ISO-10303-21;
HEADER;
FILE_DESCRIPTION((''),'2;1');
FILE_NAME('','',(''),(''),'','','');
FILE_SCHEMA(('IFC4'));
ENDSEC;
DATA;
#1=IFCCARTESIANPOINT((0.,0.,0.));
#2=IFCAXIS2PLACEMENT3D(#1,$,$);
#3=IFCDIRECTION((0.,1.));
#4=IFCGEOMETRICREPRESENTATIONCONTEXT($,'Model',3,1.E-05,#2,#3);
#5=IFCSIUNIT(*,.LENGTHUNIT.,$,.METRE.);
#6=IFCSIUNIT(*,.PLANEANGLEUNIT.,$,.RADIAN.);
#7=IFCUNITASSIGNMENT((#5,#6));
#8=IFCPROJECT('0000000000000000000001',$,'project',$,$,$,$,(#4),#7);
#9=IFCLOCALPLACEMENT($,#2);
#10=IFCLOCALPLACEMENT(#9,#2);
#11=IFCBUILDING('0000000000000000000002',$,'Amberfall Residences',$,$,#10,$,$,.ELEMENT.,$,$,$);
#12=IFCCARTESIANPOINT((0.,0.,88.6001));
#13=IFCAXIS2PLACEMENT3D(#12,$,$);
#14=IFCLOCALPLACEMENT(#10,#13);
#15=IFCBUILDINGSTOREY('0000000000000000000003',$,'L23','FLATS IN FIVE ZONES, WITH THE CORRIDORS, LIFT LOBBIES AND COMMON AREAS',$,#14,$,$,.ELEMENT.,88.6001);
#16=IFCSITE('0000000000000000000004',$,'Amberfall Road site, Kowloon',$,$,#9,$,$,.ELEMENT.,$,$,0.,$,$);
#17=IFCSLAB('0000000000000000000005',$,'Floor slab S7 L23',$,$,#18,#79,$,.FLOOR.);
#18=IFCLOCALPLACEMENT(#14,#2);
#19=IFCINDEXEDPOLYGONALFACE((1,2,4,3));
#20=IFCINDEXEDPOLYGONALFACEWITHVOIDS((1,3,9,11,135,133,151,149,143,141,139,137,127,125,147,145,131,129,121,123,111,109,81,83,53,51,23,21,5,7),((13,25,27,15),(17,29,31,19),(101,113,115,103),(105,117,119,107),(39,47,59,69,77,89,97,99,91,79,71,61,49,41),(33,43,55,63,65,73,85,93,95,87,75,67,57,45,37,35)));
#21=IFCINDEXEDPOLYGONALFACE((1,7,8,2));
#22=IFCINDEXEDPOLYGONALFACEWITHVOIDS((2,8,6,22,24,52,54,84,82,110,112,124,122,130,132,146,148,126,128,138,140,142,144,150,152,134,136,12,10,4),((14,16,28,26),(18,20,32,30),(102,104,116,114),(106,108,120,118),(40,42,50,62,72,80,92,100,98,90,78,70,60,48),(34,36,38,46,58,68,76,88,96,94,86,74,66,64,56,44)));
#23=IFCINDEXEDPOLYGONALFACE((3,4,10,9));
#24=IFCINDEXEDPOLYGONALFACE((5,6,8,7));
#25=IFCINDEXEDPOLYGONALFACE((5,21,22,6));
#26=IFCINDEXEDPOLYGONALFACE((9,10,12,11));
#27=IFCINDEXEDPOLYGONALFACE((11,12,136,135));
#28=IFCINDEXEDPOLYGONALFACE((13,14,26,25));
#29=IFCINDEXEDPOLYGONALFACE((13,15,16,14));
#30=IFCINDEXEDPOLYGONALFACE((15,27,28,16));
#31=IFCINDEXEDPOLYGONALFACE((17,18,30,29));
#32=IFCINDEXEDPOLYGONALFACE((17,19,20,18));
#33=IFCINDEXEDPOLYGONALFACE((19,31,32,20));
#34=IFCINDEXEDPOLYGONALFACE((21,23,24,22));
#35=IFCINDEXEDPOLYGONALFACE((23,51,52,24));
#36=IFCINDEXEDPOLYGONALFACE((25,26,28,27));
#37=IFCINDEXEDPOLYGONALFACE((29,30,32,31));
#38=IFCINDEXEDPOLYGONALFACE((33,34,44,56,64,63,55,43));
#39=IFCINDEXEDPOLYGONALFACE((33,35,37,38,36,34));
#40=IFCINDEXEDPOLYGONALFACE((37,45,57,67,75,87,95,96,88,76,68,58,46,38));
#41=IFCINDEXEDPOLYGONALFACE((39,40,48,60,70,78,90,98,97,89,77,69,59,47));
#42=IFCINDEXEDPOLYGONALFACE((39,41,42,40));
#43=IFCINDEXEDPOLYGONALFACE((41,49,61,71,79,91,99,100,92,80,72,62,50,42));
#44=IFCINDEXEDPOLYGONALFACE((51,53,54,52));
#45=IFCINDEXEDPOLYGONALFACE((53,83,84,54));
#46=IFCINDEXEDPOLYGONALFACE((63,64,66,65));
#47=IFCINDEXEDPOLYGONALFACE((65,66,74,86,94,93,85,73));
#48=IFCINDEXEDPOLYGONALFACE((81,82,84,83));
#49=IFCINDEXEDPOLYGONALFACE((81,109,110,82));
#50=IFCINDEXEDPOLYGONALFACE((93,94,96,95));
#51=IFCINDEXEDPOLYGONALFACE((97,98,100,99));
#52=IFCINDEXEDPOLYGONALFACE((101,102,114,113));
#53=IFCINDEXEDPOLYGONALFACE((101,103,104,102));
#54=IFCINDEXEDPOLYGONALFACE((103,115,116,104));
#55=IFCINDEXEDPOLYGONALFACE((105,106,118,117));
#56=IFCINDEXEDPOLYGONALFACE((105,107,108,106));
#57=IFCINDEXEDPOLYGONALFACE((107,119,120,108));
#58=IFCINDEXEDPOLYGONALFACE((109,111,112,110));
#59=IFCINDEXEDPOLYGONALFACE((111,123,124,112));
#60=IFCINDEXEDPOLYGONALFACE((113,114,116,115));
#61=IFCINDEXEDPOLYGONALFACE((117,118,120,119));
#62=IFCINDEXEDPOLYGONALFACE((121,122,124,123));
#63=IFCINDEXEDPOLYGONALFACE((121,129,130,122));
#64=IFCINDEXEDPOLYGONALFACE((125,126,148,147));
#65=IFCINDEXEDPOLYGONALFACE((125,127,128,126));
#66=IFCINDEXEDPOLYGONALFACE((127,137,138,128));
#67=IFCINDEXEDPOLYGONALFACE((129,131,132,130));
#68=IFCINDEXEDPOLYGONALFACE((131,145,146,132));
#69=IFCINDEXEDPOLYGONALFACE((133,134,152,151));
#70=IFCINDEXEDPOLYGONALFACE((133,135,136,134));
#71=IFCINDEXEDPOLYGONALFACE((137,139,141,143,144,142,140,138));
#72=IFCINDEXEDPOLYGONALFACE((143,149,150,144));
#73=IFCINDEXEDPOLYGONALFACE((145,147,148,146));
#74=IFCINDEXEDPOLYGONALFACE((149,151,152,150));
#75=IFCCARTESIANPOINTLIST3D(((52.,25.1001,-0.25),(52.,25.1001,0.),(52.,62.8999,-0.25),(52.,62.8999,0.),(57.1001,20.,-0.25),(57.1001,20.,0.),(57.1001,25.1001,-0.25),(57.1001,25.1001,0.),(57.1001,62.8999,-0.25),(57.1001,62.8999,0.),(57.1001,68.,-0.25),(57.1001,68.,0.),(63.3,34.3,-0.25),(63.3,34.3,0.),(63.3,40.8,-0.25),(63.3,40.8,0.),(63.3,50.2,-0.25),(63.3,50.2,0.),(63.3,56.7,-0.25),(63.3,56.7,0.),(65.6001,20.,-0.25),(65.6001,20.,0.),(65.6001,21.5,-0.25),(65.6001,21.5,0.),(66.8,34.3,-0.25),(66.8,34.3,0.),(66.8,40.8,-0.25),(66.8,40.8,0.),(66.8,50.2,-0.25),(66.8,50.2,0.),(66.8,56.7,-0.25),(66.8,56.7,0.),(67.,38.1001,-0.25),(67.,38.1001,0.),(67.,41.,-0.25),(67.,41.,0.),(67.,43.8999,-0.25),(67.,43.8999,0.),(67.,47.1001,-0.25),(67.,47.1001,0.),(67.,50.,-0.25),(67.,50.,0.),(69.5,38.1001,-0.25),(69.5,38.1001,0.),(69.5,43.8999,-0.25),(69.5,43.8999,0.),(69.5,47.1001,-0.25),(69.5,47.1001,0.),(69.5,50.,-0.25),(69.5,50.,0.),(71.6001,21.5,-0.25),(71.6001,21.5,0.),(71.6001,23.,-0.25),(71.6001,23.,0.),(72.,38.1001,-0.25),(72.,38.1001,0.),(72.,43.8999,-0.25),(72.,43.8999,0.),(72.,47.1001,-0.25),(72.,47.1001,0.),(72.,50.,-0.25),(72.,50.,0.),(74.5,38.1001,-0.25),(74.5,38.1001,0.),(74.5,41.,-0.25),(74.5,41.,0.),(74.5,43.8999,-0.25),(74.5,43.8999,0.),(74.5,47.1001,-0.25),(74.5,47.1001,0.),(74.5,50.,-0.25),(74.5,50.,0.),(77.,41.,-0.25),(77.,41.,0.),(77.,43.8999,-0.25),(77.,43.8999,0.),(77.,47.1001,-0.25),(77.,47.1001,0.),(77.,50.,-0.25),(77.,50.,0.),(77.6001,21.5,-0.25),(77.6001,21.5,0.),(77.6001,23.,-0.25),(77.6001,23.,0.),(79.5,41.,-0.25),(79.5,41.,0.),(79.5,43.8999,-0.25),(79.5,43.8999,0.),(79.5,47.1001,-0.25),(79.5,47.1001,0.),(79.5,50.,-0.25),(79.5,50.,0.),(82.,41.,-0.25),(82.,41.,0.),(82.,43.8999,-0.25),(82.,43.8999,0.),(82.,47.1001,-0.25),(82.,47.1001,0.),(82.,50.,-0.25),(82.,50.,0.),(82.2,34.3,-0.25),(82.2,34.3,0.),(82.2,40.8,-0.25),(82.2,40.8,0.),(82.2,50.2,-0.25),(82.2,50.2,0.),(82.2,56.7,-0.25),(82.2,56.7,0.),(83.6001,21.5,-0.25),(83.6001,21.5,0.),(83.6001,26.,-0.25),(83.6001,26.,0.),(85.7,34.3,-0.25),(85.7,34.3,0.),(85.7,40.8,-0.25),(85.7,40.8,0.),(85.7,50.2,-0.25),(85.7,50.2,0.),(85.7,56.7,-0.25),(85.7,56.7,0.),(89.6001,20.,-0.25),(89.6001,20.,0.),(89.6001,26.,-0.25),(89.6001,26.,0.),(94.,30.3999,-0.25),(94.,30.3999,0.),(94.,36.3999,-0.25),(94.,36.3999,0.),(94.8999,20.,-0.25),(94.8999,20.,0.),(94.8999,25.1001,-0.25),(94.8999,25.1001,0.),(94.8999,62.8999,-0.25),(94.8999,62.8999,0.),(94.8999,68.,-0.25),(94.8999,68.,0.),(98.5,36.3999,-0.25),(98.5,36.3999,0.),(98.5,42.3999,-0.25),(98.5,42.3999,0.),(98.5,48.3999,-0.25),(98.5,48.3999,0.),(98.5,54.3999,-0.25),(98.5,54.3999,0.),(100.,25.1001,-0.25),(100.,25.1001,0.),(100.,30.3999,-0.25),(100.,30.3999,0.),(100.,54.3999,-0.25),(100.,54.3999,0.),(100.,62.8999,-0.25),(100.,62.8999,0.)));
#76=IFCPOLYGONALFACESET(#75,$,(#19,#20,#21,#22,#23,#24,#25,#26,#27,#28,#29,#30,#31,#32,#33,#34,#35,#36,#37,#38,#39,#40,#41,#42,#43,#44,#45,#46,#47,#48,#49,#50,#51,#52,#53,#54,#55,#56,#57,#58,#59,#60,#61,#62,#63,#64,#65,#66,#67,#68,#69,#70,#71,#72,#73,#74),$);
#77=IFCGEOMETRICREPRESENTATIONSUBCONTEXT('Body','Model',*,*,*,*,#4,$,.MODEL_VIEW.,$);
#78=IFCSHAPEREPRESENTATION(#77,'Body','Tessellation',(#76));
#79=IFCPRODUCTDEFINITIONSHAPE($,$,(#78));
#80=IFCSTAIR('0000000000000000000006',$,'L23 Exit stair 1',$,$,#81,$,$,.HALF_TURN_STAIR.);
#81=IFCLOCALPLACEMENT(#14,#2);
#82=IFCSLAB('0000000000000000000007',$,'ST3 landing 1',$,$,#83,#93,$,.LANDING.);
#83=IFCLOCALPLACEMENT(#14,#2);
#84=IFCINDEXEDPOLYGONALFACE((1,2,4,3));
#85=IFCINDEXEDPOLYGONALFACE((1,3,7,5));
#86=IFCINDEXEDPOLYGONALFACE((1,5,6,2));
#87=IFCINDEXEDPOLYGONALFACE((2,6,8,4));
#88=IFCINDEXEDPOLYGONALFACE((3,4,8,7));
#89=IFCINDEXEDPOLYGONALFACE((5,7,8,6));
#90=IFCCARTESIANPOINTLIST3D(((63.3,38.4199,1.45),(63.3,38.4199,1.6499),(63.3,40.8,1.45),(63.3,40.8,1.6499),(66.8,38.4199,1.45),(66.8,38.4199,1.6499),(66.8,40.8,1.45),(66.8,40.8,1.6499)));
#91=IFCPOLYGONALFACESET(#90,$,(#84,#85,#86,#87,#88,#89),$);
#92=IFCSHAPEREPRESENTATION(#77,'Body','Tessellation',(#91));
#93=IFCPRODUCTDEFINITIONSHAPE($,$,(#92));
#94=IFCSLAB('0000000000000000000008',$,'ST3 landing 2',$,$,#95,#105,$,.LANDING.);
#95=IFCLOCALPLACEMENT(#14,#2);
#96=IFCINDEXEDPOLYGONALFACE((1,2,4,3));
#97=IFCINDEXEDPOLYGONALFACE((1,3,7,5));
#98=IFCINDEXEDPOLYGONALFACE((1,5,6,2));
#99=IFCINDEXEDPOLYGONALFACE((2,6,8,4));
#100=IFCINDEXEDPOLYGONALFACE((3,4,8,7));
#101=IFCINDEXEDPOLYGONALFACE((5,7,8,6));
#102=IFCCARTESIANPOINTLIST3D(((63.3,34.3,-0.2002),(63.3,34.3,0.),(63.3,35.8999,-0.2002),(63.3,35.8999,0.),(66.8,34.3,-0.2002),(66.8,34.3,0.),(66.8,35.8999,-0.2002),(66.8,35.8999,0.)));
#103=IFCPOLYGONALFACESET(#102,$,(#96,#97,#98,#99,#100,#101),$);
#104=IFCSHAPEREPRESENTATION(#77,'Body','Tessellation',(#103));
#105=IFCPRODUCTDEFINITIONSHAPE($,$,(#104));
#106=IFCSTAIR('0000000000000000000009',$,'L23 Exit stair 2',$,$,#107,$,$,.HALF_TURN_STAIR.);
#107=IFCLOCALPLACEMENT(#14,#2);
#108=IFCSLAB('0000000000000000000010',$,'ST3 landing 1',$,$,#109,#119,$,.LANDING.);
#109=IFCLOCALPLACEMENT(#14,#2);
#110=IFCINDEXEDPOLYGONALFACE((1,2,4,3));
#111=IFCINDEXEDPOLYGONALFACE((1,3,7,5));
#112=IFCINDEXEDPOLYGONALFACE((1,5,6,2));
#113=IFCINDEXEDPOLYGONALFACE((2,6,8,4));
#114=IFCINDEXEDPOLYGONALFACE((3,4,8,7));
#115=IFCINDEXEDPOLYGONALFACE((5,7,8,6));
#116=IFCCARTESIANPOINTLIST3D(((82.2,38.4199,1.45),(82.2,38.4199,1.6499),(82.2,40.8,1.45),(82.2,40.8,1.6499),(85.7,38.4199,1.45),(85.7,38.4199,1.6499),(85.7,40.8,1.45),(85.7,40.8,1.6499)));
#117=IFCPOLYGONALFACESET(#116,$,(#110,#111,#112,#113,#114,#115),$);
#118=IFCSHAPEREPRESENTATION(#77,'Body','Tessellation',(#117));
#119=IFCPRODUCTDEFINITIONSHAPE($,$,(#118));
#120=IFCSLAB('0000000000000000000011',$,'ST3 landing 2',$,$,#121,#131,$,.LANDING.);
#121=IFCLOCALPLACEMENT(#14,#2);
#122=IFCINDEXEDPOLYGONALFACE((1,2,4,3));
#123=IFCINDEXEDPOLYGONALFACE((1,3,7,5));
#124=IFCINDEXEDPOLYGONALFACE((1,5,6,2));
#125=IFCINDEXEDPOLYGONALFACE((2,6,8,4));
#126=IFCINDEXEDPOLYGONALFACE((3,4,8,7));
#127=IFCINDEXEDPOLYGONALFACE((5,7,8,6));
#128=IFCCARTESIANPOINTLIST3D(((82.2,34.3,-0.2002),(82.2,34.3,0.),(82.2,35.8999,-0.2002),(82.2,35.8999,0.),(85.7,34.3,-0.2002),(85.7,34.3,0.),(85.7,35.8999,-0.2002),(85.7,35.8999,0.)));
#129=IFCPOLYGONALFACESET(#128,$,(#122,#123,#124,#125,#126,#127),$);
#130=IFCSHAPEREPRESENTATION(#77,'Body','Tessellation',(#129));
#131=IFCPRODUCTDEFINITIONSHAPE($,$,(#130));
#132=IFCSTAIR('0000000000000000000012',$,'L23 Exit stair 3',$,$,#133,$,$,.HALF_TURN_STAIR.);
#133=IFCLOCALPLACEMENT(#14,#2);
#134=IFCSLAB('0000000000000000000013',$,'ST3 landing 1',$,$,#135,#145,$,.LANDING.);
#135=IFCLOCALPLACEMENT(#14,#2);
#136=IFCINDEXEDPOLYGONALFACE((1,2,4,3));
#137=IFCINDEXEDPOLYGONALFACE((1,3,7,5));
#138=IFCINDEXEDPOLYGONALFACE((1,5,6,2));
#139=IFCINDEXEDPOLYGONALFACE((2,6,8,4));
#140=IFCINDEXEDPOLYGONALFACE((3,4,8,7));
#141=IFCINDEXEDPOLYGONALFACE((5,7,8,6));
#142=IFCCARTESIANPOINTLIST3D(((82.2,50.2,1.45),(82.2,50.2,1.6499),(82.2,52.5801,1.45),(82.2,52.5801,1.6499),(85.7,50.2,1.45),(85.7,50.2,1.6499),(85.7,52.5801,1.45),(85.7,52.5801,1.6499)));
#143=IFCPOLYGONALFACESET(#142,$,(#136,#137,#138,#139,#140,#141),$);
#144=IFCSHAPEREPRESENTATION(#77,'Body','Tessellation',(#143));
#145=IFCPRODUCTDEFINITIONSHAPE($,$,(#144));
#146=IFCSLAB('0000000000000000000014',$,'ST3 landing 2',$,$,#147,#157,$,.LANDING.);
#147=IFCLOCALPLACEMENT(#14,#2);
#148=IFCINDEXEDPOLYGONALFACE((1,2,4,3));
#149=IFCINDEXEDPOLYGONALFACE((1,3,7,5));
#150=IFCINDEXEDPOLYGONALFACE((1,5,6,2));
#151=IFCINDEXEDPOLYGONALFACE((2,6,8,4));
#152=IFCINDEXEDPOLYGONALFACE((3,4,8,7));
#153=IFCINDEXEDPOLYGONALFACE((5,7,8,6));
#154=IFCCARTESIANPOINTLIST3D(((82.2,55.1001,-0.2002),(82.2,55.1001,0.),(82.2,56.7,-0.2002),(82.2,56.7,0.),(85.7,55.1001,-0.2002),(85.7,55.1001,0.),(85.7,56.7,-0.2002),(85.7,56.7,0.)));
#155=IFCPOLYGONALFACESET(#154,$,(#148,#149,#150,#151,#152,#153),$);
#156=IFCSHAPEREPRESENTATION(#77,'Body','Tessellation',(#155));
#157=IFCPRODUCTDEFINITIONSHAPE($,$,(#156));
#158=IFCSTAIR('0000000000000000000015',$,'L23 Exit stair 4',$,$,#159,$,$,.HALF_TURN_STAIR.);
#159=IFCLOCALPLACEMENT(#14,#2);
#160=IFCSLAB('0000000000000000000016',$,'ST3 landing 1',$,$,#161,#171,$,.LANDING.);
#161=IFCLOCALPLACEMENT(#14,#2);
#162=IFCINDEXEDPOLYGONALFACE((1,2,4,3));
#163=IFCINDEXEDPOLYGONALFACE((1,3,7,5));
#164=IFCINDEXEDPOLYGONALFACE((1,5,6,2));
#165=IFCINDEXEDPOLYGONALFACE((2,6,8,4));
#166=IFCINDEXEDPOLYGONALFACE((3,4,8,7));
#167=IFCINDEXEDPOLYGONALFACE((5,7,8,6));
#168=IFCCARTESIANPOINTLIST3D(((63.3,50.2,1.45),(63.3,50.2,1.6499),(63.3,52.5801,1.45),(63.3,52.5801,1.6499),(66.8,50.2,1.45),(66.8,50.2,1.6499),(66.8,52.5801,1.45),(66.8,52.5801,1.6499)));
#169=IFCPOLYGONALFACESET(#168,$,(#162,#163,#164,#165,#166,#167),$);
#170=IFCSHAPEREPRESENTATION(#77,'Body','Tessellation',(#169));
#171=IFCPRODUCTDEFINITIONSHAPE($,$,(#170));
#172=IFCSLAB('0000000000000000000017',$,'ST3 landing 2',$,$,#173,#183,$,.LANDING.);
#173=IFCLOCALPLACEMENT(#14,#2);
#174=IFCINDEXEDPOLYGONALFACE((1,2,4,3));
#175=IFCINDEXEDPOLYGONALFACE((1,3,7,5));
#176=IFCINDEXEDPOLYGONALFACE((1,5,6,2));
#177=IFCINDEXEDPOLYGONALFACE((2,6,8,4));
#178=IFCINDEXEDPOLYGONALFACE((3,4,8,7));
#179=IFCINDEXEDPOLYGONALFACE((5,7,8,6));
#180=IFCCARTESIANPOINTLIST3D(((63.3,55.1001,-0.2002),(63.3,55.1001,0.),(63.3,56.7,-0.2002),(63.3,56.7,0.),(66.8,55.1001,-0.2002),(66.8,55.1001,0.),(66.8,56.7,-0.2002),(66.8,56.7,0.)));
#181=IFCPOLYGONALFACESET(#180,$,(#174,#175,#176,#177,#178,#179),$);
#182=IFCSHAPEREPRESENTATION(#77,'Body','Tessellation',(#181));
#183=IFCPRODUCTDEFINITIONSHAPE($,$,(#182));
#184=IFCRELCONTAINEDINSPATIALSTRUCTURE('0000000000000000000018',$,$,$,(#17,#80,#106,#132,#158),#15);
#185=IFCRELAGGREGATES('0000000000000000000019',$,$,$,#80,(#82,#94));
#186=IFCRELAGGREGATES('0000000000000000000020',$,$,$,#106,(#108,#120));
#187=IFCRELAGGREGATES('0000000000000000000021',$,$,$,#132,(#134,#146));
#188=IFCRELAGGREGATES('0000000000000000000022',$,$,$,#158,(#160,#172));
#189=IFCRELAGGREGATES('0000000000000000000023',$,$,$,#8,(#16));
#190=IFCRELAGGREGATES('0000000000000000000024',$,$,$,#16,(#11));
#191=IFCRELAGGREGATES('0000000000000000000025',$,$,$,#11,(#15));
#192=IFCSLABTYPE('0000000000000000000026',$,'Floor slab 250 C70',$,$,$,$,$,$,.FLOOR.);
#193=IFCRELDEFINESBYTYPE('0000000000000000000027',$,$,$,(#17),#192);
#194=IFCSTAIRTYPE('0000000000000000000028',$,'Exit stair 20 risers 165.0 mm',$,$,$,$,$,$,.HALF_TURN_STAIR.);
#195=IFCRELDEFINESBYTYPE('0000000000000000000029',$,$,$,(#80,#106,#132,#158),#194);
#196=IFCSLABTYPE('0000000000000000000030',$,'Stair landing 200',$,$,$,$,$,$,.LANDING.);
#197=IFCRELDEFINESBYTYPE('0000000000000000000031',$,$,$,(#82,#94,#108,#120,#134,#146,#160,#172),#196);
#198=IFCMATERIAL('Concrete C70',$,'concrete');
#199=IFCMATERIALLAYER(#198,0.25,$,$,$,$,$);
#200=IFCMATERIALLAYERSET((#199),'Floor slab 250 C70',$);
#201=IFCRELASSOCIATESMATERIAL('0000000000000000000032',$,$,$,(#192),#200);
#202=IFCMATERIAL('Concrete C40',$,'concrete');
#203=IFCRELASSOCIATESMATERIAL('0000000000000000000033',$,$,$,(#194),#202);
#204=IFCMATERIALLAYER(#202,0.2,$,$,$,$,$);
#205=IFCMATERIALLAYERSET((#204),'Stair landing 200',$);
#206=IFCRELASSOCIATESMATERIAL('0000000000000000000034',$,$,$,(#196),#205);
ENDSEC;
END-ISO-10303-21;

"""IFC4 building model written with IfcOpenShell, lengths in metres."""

from ifc_helpers import new_model, si_unit, direction, frame, origin, place, context, subcontext, project, spatial, polyline, outline, extrude, material, layer, layer_set, type_object, element, aggregate, save


model = new_model("IFC4")

# Units and contexts
model_context = context("Model", 3, precision=1e-05, world=origin(), true_north=direction((0.0, 1.0)))
body_context = subcontext(model_context, "Body", "Model", "MODEL_VIEW")
ifc_project = project(units=[si_unit("LENGTHUNIT", "METRE"), si_unit("PLANEANGLEUNIT", "RADIAN")], contexts=[model_context])

# Site, building, storey
site_placement = place(None, origin())
site = spatial("IfcSite", under=ifc_project, at=site_placement, Name="Amberfall Road site, Kowloon", CompositionType="ELEMENT", RefElevation=0.0)
building_placement = place(site_placement, origin())
building = spatial("IfcBuilding", under=site, at=building_placement, Name="Amberfall Residences", CompositionType="ELEMENT")
storey_placement = place(building_placement, frame((0.0, 0.0, 88.6001)))
storey = spatial("IfcBuildingStorey", under=building, at=storey_placement, Name="L23", Description="FLATS IN FIVE ZONES, WITH THE CORRIDORS, LIFT LOBBIES AND COMMON AREAS", CompositionType="ELEMENT", Elevation=88.6001)

# Shared definitions
ifc_material_1 = material(Name="Concrete C70", Category="concrete")

# Slab
ifc_layer_1 = layer(ifc_material_1, 0.25)
ifc_layer_set_1 = layer_set([ifc_layer_1], Name="Floor slab 250 C70")
slab_type_1 = type_object("IfcSlabType", Name="Floor slab 250 C70", PredefinedType="FLOOR", material=ifc_layer_set_1)
slab_1_placement = place(storey_placement, frame((0.0, 0.0, -0.25)))
element("IfcSlab", 1, at=slab_1_placement, inside=storey, type_object=slab_type_1, Name="Floor slab S7 L23", PredefinedType="FLOOR", context=body_context, shape_type="SweptSolid", body=[
    extrude(outline(polyline([(89.6001, 20.0), (89.6001, 26.0), (83.6001, 26.0), (83.6001, 21.5), (77.6001, 21.5), (77.6001, 23.0), (71.6001, 23.0), (71.6001, 21.5), (65.6001, 21.5), (65.6001, 20.0), (57.1001, 20.0), (57.1001, 25.1001), (52.0, 25.1001), (52.0, 62.8999), (57.1001, 62.8999), (57.1001, 68.0), (94.8999, 68.0), (94.8999, 62.8999), (100.0, 62.8999), (100.0, 54.3999), (98.5, 54.3999), (98.5, 48.3999), (98.5, 42.3999), (98.5, 36.3999), (94.0, 36.3999), (94.0, 30.3999), (100.0, 30.3999), (100.0, 25.1001), (94.8999, 25.1001), (94.8999, 20.0), (89.6001, 20.0)]), holes=[polyline([(85.7, 34.3), (85.7, 40.8), (82.2, 40.8), (82.2, 34.3), (85.7, 34.3)]), polyline([(82.2, 50.2), (85.7, 50.2), (85.7, 56.7), (82.2, 56.7), (82.2, 50.2)]), polyline([(69.5, 50.0), (67.0, 50.0), (67.0, 47.1001), (69.5, 47.1001), (72.0, 47.1001), (74.5, 47.1001), (77.0, 47.1001), (79.5, 47.1001), (82.0, 47.1001), (82.0, 50.0), (79.5, 50.0), (77.0, 50.0), (74.5, 50.0), (72.0, 50.0), (69.5, 50.0)]), polyline([(74.5, 41.0), (77.0, 41.0), (79.5, 41.0), (82.0, 41.0), (82.0, 43.8999), (79.5, 43.8999), (77.0, 43.8999), (74.5, 43.8999), (72.0, 43.8999), (69.5, 43.8999), (67.0, 43.8999), (67.0, 41.0), (67.0, 38.1001), (69.5, 38.1001), (72.0, 38.1001), (74.5, 38.1001), (74.5, 41.0)]), polyline([(66.8, 34.3), (66.8, 40.8), (63.3, 40.8), (63.3, 34.3), (66.8, 34.3)]), polyline([(66.8, 50.2), (66.8, 56.7), (63.3, 56.7), (63.3, 50.2), (66.8, 50.2)])]), origin(), (0.0, 0.0, 1.0), 0.25),
])

# Stairs, slabs
ifc_material_2 = material(Name="Concrete C40", Category="concrete")
stair_type = type_object("IfcStairType", Name="Exit stair 20 risers 165.0 mm", PredefinedType="HALF_TURN_STAIR", material=ifc_material_2)
stair_1_placement = place(storey_placement, origin())
stair_1 = element("IfcStair", 2, at=stair_1_placement, inside=storey, type_object=stair_type, Name="L23 Exit stair 1", PredefinedType="HALF_TURN_STAIR")
ifc_layer_2 = layer(ifc_material_2, 0.2)
ifc_layer_set_2 = layer_set([ifc_layer_2], Name="Stair landing 200")
slab_type_2 = type_object("IfcSlabType", Name="Stair landing 200", PredefinedType="LANDING", material=ifc_layer_set_2)
slab_2_placement = place(storey_placement, frame((0.0, 0.0, 1.45)))
slab_2 = element("IfcSlab", 3, at=slab_2_placement, type_object=slab_type_2, Name="ST3 landing 1", PredefinedType="LANDING", context=body_context, shape_type="SweptSolid", body=[
    extrude(outline(polyline([(66.8, 38.4199), (66.8, 40.8), (63.3, 40.8), (63.3, 38.4199), (66.8, 38.4199)])), origin(), (0.0, 0.0, 1.0), 0.2),
])
slab_3_placement = place(storey_placement, frame((0.0, 0.0, -0.2002)))
slab_3 = element("IfcSlab", 4, at=slab_3_placement, type_object=slab_type_2, Name="ST3 landing 2", PredefinedType="LANDING", context=body_context, shape_type="SweptSolid", body=[
    extrude(outline(polyline([(66.8, 34.3), (66.8, 35.8999), (63.3, 35.8999), (63.3, 34.3), (66.8, 34.3)])), origin(), (0.0, 0.0, 1.0), 0.2002),
])
aggregate(stair_1, [slab_2, slab_3])
stair_2_placement = place(storey_placement, origin())
stair_2 = element("IfcStair", 5, at=stair_2_placement, inside=storey, type_object=stair_type, Name="L23 Exit stair 2", PredefinedType="HALF_TURN_STAIR")
slab_4_placement = place(storey_placement, frame((0.0, 0.0, 1.45)))
slab_4 = element("IfcSlab", 6, at=slab_4_placement, type_object=slab_type_2, Name="ST3 landing 1", PredefinedType="LANDING", context=body_context, shape_type="SweptSolid", body=[
    extrude(outline(polyline([(85.7, 38.4199), (85.7, 40.8), (82.2, 40.8), (82.2, 38.4199), (85.7, 38.4199)])), origin(), (0.0, 0.0, 1.0), 0.2),
])
slab_5_placement = place(storey_placement, frame((0.0, 0.0, -0.2002)))
slab_5 = element("IfcSlab", 7, at=slab_5_placement, type_object=slab_type_2, Name="ST3 landing 2", PredefinedType="LANDING", context=body_context, shape_type="SweptSolid", body=[
    extrude(outline(polyline([(85.7, 34.3), (85.7, 35.8999), (82.2, 35.8999), (82.2, 34.3), (85.7, 34.3)])), origin(), (0.0, 0.0, 1.0), 0.2002),
])
aggregate(stair_2, [slab_4, slab_5])
stair_3_placement = place(storey_placement, origin())
stair_3 = element("IfcStair", 8, at=stair_3_placement, inside=storey, type_object=stair_type, Name="L23 Exit stair 3", PredefinedType="HALF_TURN_STAIR")
slab_6_placement = place(storey_placement, frame((0.0, 0.0, 1.45)))
slab_6 = element("IfcSlab", 9, at=slab_6_placement, type_object=slab_type_2, Name="ST3 landing 1", PredefinedType="LANDING", context=body_context, shape_type="SweptSolid", body=[
    extrude(outline(polyline([(82.2, 52.5801), (82.2, 50.2), (85.7, 50.2), (85.7, 52.5801), (82.2, 52.5801)])), origin(), (0.0, 0.0, 1.0), 0.2),
])
slab_7_placement = place(storey_placement, frame((0.0, 0.0, -0.2002)))
slab_7 = element("IfcSlab", 10, at=slab_7_placement, type_object=slab_type_2, Name="ST3 landing 2", PredefinedType="LANDING", context=body_context, shape_type="SweptSolid", body=[
    extrude(outline(polyline([(82.2, 56.7), (82.2, 55.1001), (85.7, 55.1001), (85.7, 56.7), (82.2, 56.7)])), origin(), (0.0, 0.0, 1.0), 0.2002),
])
aggregate(stair_3, [slab_6, slab_7])
stair_4_placement = place(storey_placement, origin())
stair_4 = element("IfcStair", 11, at=stair_4_placement, inside=storey, type_object=stair_type, Name="L23 Exit stair 4", PredefinedType="HALF_TURN_STAIR")
slab_8_placement = place(storey_placement, frame((0.0, 0.0, 1.45)))
slab_8 = element("IfcSlab", 12, at=slab_8_placement, type_object=slab_type_2, Name="ST3 landing 1", PredefinedType="LANDING", context=body_context, shape_type="SweptSolid", body=[
    extrude(outline(polyline([(63.3, 52.5801), (63.3, 50.2), (66.8, 50.2), (66.8, 52.5801), (63.3, 52.5801)])), origin(), (0.0, 0.0, 1.0), 0.2),
])
slab_9_placement = place(storey_placement, frame((0.0, 0.0, -0.2002)))
slab_9 = element("IfcSlab", 13, at=slab_9_placement, type_object=slab_type_2, Name="ST3 landing 2", PredefinedType="LANDING", context=body_context, shape_type="SweptSolid", body=[
    extrude(outline(polyline([(63.3, 56.7), (63.3, 55.1001), (66.8, 55.1001), (66.8, 56.7), (63.3, 56.7)])), origin(), (0.0, 0.0, 1.0), 0.2002),
])
aggregate(stair_4, [slab_8, slab_9])

save(model, "model.ifc")
